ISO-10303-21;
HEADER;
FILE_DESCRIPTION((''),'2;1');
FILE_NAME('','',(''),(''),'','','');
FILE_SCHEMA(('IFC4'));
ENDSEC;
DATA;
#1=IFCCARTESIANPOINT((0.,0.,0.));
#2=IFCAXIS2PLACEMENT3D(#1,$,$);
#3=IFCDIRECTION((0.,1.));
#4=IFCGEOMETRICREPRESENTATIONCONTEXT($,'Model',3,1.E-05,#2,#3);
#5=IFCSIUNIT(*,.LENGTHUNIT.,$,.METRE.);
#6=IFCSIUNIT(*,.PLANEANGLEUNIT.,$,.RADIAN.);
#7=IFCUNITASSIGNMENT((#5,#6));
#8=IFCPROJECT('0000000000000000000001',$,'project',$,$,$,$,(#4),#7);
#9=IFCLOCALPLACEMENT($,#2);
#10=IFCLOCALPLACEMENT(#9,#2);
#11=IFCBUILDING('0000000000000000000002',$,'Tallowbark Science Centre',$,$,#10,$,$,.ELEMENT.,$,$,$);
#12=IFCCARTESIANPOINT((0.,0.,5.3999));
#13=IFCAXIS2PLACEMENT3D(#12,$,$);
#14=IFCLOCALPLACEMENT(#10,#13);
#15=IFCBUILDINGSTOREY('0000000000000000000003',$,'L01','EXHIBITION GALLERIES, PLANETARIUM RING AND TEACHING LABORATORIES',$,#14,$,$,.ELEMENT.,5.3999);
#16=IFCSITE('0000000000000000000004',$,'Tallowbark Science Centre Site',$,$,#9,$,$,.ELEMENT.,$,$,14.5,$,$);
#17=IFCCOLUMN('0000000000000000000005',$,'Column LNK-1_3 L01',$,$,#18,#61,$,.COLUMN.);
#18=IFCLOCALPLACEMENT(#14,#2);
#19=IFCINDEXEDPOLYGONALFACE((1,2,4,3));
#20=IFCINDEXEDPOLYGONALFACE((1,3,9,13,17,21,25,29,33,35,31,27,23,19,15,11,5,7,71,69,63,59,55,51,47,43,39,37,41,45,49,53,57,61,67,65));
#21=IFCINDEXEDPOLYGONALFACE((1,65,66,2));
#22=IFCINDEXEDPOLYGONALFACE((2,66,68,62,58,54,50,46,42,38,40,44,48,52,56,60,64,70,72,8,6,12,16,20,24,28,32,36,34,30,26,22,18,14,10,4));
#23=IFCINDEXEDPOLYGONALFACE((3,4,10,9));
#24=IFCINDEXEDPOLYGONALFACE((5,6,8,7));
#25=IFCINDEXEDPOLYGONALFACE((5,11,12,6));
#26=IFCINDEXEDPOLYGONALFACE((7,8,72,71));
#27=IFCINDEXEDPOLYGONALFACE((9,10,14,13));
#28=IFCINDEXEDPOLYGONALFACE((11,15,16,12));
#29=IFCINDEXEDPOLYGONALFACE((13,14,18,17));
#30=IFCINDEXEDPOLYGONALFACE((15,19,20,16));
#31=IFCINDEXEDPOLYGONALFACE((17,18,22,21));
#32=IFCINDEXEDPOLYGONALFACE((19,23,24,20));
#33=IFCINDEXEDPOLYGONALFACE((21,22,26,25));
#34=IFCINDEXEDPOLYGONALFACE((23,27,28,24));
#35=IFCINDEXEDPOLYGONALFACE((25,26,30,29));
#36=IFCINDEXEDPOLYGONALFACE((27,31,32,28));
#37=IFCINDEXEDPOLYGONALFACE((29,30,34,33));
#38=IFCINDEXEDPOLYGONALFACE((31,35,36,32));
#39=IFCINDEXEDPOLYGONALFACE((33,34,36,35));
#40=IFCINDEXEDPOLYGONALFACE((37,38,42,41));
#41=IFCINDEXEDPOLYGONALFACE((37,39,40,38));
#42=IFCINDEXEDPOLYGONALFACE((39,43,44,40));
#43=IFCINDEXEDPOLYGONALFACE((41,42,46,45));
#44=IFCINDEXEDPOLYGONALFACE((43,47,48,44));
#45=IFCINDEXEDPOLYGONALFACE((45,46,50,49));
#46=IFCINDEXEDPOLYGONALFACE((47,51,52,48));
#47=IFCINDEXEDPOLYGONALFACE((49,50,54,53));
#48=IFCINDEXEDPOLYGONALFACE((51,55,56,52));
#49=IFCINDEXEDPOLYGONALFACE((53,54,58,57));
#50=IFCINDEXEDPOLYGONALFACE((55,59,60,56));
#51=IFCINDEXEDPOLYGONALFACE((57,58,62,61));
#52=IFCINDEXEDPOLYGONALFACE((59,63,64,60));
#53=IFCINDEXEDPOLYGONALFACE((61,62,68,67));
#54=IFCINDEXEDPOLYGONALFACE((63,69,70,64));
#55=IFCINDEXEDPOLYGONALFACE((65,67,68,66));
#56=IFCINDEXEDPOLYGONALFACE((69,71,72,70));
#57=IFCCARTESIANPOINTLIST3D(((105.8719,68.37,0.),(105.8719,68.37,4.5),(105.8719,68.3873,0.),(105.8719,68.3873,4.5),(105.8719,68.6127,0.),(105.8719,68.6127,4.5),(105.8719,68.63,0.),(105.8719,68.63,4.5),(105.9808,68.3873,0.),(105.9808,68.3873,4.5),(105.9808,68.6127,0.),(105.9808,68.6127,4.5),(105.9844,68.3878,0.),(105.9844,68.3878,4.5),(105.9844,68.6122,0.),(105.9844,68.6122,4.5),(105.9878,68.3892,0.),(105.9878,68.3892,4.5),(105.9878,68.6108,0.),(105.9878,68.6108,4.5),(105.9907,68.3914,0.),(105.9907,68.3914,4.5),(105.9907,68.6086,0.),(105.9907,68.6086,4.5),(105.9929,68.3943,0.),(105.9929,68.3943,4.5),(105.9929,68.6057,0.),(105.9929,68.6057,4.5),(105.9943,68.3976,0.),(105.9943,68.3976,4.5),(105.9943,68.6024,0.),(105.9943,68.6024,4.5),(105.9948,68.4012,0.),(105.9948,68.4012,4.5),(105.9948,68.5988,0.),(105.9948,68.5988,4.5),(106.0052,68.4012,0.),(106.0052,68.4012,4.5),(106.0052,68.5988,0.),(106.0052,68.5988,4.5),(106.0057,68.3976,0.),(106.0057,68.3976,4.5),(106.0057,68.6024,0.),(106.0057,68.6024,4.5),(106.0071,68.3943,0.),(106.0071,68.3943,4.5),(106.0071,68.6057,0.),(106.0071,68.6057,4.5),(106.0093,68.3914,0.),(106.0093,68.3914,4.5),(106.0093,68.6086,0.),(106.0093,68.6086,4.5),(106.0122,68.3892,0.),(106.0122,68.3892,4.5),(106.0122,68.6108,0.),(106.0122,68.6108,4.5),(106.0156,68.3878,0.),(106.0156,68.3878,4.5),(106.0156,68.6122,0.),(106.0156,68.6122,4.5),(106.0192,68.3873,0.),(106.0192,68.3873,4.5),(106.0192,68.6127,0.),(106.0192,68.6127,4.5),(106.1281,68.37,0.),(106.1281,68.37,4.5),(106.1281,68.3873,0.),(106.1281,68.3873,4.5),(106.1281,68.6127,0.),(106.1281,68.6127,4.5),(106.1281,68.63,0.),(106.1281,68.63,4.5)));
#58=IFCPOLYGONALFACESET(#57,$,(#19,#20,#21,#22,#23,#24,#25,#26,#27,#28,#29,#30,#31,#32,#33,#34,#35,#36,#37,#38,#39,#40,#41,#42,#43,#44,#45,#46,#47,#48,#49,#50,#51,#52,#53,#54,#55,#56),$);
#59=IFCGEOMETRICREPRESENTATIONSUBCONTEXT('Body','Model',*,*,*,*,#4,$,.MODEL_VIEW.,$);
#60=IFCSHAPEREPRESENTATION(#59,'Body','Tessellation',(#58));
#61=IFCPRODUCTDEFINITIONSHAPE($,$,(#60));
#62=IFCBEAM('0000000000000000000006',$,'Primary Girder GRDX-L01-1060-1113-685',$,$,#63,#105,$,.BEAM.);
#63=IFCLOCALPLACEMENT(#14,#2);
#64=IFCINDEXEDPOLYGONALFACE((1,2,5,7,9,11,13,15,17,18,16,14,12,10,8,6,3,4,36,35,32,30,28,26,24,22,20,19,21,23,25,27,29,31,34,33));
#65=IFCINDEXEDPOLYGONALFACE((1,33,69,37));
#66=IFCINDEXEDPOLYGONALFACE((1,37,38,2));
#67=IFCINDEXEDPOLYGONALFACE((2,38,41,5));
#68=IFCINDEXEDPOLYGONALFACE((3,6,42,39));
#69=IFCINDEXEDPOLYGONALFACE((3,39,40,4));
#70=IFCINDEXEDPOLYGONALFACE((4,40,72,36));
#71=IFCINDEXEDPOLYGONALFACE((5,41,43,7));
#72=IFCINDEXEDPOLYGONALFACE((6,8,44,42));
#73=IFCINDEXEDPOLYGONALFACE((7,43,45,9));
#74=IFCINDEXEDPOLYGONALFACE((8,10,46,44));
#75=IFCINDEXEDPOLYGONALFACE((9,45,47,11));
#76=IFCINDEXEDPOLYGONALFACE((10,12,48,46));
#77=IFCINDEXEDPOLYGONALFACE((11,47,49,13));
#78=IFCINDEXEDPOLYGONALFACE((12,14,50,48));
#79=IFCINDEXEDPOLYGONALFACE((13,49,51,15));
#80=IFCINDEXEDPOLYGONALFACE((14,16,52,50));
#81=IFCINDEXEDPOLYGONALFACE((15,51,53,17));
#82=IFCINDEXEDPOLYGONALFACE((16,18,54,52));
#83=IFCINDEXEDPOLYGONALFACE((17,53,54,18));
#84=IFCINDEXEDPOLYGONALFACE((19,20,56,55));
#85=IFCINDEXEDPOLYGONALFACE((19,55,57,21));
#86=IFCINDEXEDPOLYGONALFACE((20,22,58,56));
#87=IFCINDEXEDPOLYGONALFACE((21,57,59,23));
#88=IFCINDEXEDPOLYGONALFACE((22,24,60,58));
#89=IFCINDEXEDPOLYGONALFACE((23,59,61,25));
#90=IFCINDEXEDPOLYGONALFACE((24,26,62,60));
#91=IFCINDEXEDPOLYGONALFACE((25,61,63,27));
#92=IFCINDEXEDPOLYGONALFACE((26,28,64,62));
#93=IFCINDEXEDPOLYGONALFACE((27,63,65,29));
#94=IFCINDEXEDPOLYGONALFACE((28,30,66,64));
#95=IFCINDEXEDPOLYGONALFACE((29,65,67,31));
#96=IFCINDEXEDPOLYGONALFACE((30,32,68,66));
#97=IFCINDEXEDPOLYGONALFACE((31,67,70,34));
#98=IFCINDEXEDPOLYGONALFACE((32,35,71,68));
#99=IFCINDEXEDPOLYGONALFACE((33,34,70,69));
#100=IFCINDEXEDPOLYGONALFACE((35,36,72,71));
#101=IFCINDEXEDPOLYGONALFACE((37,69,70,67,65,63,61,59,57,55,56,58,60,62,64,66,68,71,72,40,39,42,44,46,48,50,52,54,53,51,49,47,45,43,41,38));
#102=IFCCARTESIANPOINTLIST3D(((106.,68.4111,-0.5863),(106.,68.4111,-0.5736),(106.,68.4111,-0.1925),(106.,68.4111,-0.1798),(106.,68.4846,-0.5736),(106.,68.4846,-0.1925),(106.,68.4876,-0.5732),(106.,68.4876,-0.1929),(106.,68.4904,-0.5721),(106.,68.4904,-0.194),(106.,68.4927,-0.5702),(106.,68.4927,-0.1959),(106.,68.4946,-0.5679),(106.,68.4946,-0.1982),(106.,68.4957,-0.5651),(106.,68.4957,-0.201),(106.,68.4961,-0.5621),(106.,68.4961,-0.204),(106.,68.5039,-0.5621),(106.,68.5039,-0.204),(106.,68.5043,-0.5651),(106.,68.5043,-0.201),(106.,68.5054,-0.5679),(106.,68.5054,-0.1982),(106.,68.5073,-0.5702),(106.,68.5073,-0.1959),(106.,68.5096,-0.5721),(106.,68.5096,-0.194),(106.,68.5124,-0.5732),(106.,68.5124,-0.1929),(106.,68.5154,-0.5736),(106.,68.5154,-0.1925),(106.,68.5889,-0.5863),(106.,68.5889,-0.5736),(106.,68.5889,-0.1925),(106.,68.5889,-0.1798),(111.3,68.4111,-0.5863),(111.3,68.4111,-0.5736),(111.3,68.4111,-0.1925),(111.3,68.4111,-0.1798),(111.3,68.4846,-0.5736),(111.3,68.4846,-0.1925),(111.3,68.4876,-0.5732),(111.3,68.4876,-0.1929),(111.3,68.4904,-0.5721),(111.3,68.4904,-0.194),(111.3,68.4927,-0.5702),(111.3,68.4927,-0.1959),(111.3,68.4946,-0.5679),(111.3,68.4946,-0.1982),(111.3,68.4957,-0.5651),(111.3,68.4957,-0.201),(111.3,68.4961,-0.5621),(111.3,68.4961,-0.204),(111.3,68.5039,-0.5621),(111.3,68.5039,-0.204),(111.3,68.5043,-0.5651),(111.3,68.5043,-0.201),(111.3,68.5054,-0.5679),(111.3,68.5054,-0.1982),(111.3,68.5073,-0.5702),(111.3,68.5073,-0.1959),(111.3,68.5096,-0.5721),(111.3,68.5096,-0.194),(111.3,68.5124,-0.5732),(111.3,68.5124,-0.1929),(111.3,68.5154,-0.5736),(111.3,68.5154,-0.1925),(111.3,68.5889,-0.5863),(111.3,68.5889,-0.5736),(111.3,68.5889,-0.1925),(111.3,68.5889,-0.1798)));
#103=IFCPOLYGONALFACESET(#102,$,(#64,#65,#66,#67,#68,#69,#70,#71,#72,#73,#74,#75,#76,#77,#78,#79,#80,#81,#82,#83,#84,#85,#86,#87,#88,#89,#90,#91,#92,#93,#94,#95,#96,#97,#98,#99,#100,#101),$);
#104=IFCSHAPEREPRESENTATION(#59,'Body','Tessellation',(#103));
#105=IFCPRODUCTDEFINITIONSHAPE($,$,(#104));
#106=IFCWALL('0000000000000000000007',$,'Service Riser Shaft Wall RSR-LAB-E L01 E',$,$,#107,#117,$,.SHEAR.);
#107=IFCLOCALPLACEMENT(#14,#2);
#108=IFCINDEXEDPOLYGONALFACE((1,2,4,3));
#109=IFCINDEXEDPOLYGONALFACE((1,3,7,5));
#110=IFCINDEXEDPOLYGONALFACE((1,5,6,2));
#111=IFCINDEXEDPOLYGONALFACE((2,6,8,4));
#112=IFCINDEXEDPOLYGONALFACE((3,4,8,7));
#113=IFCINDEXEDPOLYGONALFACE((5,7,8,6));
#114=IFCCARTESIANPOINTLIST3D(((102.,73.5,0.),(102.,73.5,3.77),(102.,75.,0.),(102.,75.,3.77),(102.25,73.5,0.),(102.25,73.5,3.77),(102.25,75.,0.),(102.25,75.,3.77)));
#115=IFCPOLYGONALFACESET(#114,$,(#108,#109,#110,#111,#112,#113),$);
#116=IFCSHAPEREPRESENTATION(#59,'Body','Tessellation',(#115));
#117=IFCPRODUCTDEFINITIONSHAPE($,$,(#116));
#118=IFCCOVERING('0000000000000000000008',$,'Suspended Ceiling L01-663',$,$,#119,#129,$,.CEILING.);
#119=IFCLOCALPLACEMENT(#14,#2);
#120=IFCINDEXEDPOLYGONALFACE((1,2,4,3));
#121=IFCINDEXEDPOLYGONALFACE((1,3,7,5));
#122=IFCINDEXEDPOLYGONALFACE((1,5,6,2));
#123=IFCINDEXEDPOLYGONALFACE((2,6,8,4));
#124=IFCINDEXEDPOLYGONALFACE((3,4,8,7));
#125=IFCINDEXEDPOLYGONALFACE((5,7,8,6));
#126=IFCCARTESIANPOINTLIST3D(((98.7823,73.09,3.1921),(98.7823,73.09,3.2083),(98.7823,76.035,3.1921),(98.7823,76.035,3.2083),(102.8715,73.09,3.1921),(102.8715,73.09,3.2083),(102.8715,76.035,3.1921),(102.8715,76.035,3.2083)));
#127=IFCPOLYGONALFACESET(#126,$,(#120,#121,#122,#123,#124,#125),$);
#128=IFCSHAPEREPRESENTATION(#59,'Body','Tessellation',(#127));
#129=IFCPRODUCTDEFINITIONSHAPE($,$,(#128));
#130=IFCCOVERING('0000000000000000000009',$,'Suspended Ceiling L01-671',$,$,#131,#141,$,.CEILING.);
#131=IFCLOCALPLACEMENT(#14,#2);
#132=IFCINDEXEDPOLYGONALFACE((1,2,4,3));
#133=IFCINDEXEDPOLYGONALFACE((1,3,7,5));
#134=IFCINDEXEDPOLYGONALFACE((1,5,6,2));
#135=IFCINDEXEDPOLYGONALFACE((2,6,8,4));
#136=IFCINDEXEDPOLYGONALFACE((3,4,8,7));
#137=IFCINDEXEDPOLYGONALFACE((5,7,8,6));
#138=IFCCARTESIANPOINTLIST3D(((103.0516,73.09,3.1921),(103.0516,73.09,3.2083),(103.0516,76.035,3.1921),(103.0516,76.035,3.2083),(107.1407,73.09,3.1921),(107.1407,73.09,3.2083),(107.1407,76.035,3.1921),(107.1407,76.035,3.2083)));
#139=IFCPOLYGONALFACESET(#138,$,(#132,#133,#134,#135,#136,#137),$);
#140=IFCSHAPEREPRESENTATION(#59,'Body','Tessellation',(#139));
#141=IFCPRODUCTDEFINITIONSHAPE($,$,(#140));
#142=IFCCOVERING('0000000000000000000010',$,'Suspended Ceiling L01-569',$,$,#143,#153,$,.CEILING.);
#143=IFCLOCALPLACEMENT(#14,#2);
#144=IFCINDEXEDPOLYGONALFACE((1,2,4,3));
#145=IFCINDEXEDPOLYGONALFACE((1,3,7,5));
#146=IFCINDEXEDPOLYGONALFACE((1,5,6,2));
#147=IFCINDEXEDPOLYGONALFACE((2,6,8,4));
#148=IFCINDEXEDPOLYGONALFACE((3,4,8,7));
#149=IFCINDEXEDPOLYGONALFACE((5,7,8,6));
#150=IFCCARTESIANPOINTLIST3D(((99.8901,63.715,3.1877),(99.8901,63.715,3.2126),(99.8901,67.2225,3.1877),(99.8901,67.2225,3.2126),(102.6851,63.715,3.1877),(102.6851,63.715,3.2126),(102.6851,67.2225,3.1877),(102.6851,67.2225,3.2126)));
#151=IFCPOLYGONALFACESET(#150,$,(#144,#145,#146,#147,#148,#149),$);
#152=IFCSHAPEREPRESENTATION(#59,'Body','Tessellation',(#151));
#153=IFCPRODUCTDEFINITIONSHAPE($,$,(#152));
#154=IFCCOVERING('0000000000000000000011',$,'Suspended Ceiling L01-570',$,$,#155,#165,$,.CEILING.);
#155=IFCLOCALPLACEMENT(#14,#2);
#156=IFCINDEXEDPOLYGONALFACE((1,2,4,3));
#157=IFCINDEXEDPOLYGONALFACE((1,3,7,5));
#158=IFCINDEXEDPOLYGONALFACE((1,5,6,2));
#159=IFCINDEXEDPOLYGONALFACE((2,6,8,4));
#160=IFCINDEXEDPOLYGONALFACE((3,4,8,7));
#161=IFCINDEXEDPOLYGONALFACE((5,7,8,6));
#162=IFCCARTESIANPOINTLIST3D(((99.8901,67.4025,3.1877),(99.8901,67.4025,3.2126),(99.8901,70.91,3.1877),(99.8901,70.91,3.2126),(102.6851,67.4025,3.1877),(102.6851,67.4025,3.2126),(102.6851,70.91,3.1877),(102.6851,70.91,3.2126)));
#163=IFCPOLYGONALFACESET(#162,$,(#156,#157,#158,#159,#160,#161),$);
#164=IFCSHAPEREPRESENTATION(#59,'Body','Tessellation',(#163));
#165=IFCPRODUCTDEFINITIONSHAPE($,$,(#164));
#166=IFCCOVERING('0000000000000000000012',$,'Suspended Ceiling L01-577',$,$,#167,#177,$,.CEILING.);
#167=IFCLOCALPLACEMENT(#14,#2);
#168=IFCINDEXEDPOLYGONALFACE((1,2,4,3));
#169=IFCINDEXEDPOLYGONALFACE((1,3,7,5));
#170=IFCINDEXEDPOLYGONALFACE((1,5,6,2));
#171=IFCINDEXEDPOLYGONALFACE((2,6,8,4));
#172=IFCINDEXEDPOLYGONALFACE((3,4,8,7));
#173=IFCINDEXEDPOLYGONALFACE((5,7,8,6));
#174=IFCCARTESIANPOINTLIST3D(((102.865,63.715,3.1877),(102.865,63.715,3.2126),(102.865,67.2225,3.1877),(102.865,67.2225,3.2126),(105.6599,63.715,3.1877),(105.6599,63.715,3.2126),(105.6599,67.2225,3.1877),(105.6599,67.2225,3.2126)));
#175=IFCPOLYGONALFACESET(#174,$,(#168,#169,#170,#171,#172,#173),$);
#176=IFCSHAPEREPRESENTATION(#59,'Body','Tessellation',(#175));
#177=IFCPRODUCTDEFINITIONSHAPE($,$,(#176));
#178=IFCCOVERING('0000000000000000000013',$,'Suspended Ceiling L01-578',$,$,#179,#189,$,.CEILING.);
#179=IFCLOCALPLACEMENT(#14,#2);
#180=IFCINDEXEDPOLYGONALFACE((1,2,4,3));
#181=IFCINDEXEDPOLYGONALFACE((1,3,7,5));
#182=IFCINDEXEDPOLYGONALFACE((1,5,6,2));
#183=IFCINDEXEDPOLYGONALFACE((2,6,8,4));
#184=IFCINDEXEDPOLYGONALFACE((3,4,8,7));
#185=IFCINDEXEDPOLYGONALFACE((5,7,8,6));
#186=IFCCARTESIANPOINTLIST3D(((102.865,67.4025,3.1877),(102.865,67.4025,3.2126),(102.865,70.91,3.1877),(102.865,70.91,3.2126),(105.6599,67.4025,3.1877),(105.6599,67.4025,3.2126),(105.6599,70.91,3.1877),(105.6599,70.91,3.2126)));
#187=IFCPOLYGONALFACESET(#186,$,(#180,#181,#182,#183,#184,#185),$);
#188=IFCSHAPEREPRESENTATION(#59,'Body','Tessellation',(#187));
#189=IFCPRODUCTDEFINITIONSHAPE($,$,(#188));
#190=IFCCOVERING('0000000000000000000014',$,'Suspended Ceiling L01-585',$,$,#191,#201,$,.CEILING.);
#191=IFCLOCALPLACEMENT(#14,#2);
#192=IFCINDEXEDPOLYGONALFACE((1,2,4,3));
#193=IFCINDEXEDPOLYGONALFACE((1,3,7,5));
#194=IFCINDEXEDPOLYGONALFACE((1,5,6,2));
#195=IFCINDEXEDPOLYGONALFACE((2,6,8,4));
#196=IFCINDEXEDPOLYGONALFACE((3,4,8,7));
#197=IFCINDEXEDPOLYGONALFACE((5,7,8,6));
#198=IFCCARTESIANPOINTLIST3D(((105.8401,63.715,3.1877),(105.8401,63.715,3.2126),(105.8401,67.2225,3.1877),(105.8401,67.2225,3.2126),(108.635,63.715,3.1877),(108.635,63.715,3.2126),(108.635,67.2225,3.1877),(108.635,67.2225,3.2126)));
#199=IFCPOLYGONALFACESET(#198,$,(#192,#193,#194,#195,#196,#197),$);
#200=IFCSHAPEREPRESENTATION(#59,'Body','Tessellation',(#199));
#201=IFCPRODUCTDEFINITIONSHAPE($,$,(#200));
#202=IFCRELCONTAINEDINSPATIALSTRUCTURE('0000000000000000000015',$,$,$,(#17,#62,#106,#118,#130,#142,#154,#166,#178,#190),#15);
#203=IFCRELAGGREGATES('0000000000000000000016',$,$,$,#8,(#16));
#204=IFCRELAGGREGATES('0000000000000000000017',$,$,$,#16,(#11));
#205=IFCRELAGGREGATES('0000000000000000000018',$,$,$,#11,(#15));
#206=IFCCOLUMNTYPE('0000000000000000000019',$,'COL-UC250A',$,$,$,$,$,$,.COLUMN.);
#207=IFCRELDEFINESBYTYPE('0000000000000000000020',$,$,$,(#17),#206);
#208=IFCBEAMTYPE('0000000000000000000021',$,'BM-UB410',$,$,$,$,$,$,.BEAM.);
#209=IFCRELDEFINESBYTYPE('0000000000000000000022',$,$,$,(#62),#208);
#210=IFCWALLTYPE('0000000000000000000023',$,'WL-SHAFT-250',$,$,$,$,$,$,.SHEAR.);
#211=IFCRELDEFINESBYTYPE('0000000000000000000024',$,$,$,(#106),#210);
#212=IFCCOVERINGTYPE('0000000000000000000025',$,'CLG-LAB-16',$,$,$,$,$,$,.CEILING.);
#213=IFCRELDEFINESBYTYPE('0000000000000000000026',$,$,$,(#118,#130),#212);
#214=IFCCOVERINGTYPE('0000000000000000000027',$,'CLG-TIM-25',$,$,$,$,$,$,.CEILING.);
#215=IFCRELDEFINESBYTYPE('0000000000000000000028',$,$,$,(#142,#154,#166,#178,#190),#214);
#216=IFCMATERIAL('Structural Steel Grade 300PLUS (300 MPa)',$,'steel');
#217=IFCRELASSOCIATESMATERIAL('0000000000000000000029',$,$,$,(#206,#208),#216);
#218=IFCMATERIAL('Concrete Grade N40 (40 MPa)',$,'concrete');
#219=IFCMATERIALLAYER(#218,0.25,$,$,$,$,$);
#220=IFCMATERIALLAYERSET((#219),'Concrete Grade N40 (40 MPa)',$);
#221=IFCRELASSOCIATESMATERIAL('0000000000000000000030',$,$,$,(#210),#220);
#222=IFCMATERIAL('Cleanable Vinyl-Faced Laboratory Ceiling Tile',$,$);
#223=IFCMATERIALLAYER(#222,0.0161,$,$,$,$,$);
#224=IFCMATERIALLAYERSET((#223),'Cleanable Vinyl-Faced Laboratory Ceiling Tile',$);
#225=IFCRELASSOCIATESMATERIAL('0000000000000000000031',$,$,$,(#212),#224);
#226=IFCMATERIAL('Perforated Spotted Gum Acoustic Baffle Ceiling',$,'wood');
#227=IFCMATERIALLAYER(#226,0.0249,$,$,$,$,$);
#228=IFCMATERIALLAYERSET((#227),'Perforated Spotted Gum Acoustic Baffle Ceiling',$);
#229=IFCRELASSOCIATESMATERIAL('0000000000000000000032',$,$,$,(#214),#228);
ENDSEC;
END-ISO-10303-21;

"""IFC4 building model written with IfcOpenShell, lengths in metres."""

from ifc_helpers import new_model, si_unit, direction, frame, frame_2d, origin, origin_2d, place, context, subcontext, project, spatial, rectangle, i_section, extrude, material, layer, layer_set, material_profile, profile_set, type_object, element, save


model = new_model("IFC4")

# Units and contexts
model_context = context("Model", 3, precision=1e-05, world=origin(), true_north=direction((0.0, 1.0)))
body_context = subcontext(model_context, "Body", "Model", "MODEL_VIEW")
ifc_project = project(units=[si_unit("LENGTHUNIT", "METRE"), si_unit("PLANEANGLEUNIT", "RADIAN")], contexts=[model_context])

# Site, building, storey
site_placement = place(None, origin())
site = spatial("IfcSite", under=ifc_project, at=site_placement, Name="Tallowbark Science Centre Site", CompositionType="ELEMENT", RefElevation=14.5)
building_placement = place(site_placement, origin())
building = spatial("IfcBuilding", under=site, at=building_placement, Name="Tallowbark Science Centre", CompositionType="ELEMENT")
storey_placement = place(building_placement, frame((0.0, 0.0, 5.3999)))
storey = spatial("IfcBuildingStorey", under=building, at=storey_placement, Name="L01", Description="EXHIBITION GALLERIES, PLANETARIUM RING AND TEACHING LABORATORIES", CompositionType="ELEMENT", Elevation=5.3999)

# Column
ifc_material_1 = material(Name="Structural Steel Grade 300PLUS (300 MPa)", Category="steel")
ifc_material_profile_1 = material_profile(ifc_material_1, i_section(OverallWidth=0.2561, OverallDepth=0.26, WebThickness=0.0105, FlangeThickness=0.0173, FilletRadius=0.0139, at=origin_2d()), Name="250UC89.5")
ifc_profile_set_1 = profile_set([ifc_material_profile_1], Name="Structural Steel Grade 300PLUS (300 MPa)")
column_type = type_object("IfcColumnType", Name="COL-UC250A", PredefinedType="COLUMN", material=ifc_profile_set_1)
column_placement = place(storey_placement, frame((106.0, 68.5, 0.0), z_axis=(0.0, 0.0, 1.0), x_axis=(1.0, 0.0, 0.0)))
element("IfcColumn", 1, at=column_placement, inside=storey, type_object=column_type, Name="Column LNK-1_3 L01", PredefinedType="COLUMN", context=body_context, shape_type="SweptSolid", body=[
    extrude(i_section(OverallWidth=0.2561, OverallDepth=0.26, WebThickness=0.0105, FlangeThickness=0.0173, FilletRadius=0.0139, at=origin_2d()), origin(), (0.0, 0.0, 1.0), 4.5),
])

# Beam
ifc_material_profile_2 = material_profile(ifc_material_1, i_section(OverallWidth=0.1777, OverallDepth=0.4065, WebThickness=0.0078, FlangeThickness=0.0127, FilletRadius=0.0115, at=origin_2d()), Name="410UB59.7")
ifc_profile_set_2 = profile_set([ifc_material_profile_2], Name="Structural Steel Grade 300PLUS (300 MPa)")
beam_type = type_object("IfcBeamType", Name="BM-UB410", PredefinedType="BEAM", material=ifc_profile_set_2)
beam_placement = place(storey_placement, frame((106.0, 68.5, -0.3831), z_axis=(1.0, 0.0, 0.0), x_axis=(0.0, 1.0, 0.0)))
element("IfcBeam", 2, at=beam_placement, inside=storey, type_object=beam_type, Name="Primary Girder GRDX-L01-1060-1113-685", PredefinedType="BEAM", context=body_context, shape_type="SweptSolid", body=[
    extrude(i_section(OverallWidth=0.1777, OverallDepth=0.4065, WebThickness=0.0078, FlangeThickness=0.0127, FilletRadius=0.0115, at=origin_2d()), origin(), (0.0, 0.0, 1.0), 5.3),
])

# Wall
ifc_material_2 = material(Name="Concrete Grade N40 (40 MPa)", Category="concrete")
ifc_layer_1 = layer(ifc_material_2, 0.25)
ifc_layer_set_1 = layer_set([ifc_layer_1], Name="Concrete Grade N40 (40 MPa)")
wall_type = type_object("IfcWallType", Name="WL-SHAFT-250", PredefinedType="SHEAR", material=ifc_layer_set_1)
wall_placement = place(storey_placement, frame((102.125, 73.5, 0.0), z_axis=(0.0, 0.0, 1.0), x_axis=(0.0, 1.0, 0.0)))
element("IfcWall", 3, at=wall_placement, inside=storey, type_object=wall_type, Name="Service Riser Shaft Wall RSR-LAB-E L01 E", PredefinedType="SHEAR", context=body_context, shape_type="SweptSolid", body=[
    extrude(rectangle(XDim=1.5, YDim=0.25, at=frame_2d((0.75, 0.0))), origin(), (0.0, 0.0, 1.0), 3.77),
])

# Coverings
ifc_material_3 = material(Name="Cleanable Vinyl-Faced Laboratory Ceiling Tile")
ifc_layer_2 = layer(ifc_material_3, 0.0161)
ifc_layer_set_2 = layer_set([ifc_layer_2], Name="Cleanable Vinyl-Faced Laboratory Ceiling Tile")
covering_type_1 = type_object("IfcCoveringType", Name="CLG-LAB-16", PredefinedType="CEILING", material=ifc_layer_set_2)
for number, where, z_axis, x_axis, name in (
    (4, (100.8269, 74.5625, 3.1921), (0.0, 0.0, 1.0), (1.0, 0.0, 0.0), "Suspended Ceiling L01-663"),
    (5, (105.0962, 74.5625, 3.1921), (0.0, 0.0, 1.0), (1.0, 0.0, 0.0), "Suspended Ceiling L01-671"),
):
    element("IfcCovering", number, at=place(storey_placement, frame(where, z_axis=z_axis, x_axis=x_axis)), inside=storey, type_object=covering_type_1, Name=name, PredefinedType="CEILING", context=body_context, shape_type="SweptSolid", body=[
        extrude(rectangle(XDim=4.0891, YDim=2.9451, at=origin_2d()), origin(), (0.0, 0.0, 1.0), 0.0161),
    ])
ifc_material_4 = material(Name="Perforated Spotted Gum Acoustic Baffle Ceiling", Category="wood")
ifc_layer_3 = layer(ifc_material_4, 0.0249)
ifc_layer_set_3 = layer_set([ifc_layer_3], Name="Perforated Spotted Gum Acoustic Baffle Ceiling")
covering_type_2 = type_object("IfcCoveringType", Name="CLG-TIM-25", PredefinedType="CEILING", material=ifc_layer_set_3)
for number, where, z_axis, x_axis, name in (
    (6, (101.2876, 65.4688, 3.1877), (0.0, 0.0, 1.0), (1.0, 0.0, 0.0), "Suspended Ceiling L01-569"),
    (7, (101.2876, 69.1562, 3.1877), (0.0, 0.0, 1.0), (1.0, 0.0, 0.0), "Suspended Ceiling L01-570"),
    (8, (104.2625, 65.4688, 3.1877), (0.0, 0.0, 1.0), (1.0, 0.0, 0.0), "Suspended Ceiling L01-577"),
    (9, (104.2625, 69.1562, 3.1877), (0.0, 0.0, 1.0), (1.0, 0.0, 0.0), "Suspended Ceiling L01-578"),
    (10, (107.2375, 65.4688, 3.1877), (0.0, 0.0, 1.0), (1.0, 0.0, 0.0), "Suspended Ceiling L01-585"),
):
    element("IfcCovering", number, at=place(storey_placement, frame(where, z_axis=z_axis, x_axis=x_axis)), inside=storey, type_object=covering_type_2, Name=name, PredefinedType="CEILING", context=body_context, shape_type="SweptSolid", body=[
        extrude(rectangle(XDim=2.7949, YDim=3.5076, at=origin_2d()), origin(), (0.0, 0.0, 1.0), 0.0249),
    ])

save(model, "model.ifc")
